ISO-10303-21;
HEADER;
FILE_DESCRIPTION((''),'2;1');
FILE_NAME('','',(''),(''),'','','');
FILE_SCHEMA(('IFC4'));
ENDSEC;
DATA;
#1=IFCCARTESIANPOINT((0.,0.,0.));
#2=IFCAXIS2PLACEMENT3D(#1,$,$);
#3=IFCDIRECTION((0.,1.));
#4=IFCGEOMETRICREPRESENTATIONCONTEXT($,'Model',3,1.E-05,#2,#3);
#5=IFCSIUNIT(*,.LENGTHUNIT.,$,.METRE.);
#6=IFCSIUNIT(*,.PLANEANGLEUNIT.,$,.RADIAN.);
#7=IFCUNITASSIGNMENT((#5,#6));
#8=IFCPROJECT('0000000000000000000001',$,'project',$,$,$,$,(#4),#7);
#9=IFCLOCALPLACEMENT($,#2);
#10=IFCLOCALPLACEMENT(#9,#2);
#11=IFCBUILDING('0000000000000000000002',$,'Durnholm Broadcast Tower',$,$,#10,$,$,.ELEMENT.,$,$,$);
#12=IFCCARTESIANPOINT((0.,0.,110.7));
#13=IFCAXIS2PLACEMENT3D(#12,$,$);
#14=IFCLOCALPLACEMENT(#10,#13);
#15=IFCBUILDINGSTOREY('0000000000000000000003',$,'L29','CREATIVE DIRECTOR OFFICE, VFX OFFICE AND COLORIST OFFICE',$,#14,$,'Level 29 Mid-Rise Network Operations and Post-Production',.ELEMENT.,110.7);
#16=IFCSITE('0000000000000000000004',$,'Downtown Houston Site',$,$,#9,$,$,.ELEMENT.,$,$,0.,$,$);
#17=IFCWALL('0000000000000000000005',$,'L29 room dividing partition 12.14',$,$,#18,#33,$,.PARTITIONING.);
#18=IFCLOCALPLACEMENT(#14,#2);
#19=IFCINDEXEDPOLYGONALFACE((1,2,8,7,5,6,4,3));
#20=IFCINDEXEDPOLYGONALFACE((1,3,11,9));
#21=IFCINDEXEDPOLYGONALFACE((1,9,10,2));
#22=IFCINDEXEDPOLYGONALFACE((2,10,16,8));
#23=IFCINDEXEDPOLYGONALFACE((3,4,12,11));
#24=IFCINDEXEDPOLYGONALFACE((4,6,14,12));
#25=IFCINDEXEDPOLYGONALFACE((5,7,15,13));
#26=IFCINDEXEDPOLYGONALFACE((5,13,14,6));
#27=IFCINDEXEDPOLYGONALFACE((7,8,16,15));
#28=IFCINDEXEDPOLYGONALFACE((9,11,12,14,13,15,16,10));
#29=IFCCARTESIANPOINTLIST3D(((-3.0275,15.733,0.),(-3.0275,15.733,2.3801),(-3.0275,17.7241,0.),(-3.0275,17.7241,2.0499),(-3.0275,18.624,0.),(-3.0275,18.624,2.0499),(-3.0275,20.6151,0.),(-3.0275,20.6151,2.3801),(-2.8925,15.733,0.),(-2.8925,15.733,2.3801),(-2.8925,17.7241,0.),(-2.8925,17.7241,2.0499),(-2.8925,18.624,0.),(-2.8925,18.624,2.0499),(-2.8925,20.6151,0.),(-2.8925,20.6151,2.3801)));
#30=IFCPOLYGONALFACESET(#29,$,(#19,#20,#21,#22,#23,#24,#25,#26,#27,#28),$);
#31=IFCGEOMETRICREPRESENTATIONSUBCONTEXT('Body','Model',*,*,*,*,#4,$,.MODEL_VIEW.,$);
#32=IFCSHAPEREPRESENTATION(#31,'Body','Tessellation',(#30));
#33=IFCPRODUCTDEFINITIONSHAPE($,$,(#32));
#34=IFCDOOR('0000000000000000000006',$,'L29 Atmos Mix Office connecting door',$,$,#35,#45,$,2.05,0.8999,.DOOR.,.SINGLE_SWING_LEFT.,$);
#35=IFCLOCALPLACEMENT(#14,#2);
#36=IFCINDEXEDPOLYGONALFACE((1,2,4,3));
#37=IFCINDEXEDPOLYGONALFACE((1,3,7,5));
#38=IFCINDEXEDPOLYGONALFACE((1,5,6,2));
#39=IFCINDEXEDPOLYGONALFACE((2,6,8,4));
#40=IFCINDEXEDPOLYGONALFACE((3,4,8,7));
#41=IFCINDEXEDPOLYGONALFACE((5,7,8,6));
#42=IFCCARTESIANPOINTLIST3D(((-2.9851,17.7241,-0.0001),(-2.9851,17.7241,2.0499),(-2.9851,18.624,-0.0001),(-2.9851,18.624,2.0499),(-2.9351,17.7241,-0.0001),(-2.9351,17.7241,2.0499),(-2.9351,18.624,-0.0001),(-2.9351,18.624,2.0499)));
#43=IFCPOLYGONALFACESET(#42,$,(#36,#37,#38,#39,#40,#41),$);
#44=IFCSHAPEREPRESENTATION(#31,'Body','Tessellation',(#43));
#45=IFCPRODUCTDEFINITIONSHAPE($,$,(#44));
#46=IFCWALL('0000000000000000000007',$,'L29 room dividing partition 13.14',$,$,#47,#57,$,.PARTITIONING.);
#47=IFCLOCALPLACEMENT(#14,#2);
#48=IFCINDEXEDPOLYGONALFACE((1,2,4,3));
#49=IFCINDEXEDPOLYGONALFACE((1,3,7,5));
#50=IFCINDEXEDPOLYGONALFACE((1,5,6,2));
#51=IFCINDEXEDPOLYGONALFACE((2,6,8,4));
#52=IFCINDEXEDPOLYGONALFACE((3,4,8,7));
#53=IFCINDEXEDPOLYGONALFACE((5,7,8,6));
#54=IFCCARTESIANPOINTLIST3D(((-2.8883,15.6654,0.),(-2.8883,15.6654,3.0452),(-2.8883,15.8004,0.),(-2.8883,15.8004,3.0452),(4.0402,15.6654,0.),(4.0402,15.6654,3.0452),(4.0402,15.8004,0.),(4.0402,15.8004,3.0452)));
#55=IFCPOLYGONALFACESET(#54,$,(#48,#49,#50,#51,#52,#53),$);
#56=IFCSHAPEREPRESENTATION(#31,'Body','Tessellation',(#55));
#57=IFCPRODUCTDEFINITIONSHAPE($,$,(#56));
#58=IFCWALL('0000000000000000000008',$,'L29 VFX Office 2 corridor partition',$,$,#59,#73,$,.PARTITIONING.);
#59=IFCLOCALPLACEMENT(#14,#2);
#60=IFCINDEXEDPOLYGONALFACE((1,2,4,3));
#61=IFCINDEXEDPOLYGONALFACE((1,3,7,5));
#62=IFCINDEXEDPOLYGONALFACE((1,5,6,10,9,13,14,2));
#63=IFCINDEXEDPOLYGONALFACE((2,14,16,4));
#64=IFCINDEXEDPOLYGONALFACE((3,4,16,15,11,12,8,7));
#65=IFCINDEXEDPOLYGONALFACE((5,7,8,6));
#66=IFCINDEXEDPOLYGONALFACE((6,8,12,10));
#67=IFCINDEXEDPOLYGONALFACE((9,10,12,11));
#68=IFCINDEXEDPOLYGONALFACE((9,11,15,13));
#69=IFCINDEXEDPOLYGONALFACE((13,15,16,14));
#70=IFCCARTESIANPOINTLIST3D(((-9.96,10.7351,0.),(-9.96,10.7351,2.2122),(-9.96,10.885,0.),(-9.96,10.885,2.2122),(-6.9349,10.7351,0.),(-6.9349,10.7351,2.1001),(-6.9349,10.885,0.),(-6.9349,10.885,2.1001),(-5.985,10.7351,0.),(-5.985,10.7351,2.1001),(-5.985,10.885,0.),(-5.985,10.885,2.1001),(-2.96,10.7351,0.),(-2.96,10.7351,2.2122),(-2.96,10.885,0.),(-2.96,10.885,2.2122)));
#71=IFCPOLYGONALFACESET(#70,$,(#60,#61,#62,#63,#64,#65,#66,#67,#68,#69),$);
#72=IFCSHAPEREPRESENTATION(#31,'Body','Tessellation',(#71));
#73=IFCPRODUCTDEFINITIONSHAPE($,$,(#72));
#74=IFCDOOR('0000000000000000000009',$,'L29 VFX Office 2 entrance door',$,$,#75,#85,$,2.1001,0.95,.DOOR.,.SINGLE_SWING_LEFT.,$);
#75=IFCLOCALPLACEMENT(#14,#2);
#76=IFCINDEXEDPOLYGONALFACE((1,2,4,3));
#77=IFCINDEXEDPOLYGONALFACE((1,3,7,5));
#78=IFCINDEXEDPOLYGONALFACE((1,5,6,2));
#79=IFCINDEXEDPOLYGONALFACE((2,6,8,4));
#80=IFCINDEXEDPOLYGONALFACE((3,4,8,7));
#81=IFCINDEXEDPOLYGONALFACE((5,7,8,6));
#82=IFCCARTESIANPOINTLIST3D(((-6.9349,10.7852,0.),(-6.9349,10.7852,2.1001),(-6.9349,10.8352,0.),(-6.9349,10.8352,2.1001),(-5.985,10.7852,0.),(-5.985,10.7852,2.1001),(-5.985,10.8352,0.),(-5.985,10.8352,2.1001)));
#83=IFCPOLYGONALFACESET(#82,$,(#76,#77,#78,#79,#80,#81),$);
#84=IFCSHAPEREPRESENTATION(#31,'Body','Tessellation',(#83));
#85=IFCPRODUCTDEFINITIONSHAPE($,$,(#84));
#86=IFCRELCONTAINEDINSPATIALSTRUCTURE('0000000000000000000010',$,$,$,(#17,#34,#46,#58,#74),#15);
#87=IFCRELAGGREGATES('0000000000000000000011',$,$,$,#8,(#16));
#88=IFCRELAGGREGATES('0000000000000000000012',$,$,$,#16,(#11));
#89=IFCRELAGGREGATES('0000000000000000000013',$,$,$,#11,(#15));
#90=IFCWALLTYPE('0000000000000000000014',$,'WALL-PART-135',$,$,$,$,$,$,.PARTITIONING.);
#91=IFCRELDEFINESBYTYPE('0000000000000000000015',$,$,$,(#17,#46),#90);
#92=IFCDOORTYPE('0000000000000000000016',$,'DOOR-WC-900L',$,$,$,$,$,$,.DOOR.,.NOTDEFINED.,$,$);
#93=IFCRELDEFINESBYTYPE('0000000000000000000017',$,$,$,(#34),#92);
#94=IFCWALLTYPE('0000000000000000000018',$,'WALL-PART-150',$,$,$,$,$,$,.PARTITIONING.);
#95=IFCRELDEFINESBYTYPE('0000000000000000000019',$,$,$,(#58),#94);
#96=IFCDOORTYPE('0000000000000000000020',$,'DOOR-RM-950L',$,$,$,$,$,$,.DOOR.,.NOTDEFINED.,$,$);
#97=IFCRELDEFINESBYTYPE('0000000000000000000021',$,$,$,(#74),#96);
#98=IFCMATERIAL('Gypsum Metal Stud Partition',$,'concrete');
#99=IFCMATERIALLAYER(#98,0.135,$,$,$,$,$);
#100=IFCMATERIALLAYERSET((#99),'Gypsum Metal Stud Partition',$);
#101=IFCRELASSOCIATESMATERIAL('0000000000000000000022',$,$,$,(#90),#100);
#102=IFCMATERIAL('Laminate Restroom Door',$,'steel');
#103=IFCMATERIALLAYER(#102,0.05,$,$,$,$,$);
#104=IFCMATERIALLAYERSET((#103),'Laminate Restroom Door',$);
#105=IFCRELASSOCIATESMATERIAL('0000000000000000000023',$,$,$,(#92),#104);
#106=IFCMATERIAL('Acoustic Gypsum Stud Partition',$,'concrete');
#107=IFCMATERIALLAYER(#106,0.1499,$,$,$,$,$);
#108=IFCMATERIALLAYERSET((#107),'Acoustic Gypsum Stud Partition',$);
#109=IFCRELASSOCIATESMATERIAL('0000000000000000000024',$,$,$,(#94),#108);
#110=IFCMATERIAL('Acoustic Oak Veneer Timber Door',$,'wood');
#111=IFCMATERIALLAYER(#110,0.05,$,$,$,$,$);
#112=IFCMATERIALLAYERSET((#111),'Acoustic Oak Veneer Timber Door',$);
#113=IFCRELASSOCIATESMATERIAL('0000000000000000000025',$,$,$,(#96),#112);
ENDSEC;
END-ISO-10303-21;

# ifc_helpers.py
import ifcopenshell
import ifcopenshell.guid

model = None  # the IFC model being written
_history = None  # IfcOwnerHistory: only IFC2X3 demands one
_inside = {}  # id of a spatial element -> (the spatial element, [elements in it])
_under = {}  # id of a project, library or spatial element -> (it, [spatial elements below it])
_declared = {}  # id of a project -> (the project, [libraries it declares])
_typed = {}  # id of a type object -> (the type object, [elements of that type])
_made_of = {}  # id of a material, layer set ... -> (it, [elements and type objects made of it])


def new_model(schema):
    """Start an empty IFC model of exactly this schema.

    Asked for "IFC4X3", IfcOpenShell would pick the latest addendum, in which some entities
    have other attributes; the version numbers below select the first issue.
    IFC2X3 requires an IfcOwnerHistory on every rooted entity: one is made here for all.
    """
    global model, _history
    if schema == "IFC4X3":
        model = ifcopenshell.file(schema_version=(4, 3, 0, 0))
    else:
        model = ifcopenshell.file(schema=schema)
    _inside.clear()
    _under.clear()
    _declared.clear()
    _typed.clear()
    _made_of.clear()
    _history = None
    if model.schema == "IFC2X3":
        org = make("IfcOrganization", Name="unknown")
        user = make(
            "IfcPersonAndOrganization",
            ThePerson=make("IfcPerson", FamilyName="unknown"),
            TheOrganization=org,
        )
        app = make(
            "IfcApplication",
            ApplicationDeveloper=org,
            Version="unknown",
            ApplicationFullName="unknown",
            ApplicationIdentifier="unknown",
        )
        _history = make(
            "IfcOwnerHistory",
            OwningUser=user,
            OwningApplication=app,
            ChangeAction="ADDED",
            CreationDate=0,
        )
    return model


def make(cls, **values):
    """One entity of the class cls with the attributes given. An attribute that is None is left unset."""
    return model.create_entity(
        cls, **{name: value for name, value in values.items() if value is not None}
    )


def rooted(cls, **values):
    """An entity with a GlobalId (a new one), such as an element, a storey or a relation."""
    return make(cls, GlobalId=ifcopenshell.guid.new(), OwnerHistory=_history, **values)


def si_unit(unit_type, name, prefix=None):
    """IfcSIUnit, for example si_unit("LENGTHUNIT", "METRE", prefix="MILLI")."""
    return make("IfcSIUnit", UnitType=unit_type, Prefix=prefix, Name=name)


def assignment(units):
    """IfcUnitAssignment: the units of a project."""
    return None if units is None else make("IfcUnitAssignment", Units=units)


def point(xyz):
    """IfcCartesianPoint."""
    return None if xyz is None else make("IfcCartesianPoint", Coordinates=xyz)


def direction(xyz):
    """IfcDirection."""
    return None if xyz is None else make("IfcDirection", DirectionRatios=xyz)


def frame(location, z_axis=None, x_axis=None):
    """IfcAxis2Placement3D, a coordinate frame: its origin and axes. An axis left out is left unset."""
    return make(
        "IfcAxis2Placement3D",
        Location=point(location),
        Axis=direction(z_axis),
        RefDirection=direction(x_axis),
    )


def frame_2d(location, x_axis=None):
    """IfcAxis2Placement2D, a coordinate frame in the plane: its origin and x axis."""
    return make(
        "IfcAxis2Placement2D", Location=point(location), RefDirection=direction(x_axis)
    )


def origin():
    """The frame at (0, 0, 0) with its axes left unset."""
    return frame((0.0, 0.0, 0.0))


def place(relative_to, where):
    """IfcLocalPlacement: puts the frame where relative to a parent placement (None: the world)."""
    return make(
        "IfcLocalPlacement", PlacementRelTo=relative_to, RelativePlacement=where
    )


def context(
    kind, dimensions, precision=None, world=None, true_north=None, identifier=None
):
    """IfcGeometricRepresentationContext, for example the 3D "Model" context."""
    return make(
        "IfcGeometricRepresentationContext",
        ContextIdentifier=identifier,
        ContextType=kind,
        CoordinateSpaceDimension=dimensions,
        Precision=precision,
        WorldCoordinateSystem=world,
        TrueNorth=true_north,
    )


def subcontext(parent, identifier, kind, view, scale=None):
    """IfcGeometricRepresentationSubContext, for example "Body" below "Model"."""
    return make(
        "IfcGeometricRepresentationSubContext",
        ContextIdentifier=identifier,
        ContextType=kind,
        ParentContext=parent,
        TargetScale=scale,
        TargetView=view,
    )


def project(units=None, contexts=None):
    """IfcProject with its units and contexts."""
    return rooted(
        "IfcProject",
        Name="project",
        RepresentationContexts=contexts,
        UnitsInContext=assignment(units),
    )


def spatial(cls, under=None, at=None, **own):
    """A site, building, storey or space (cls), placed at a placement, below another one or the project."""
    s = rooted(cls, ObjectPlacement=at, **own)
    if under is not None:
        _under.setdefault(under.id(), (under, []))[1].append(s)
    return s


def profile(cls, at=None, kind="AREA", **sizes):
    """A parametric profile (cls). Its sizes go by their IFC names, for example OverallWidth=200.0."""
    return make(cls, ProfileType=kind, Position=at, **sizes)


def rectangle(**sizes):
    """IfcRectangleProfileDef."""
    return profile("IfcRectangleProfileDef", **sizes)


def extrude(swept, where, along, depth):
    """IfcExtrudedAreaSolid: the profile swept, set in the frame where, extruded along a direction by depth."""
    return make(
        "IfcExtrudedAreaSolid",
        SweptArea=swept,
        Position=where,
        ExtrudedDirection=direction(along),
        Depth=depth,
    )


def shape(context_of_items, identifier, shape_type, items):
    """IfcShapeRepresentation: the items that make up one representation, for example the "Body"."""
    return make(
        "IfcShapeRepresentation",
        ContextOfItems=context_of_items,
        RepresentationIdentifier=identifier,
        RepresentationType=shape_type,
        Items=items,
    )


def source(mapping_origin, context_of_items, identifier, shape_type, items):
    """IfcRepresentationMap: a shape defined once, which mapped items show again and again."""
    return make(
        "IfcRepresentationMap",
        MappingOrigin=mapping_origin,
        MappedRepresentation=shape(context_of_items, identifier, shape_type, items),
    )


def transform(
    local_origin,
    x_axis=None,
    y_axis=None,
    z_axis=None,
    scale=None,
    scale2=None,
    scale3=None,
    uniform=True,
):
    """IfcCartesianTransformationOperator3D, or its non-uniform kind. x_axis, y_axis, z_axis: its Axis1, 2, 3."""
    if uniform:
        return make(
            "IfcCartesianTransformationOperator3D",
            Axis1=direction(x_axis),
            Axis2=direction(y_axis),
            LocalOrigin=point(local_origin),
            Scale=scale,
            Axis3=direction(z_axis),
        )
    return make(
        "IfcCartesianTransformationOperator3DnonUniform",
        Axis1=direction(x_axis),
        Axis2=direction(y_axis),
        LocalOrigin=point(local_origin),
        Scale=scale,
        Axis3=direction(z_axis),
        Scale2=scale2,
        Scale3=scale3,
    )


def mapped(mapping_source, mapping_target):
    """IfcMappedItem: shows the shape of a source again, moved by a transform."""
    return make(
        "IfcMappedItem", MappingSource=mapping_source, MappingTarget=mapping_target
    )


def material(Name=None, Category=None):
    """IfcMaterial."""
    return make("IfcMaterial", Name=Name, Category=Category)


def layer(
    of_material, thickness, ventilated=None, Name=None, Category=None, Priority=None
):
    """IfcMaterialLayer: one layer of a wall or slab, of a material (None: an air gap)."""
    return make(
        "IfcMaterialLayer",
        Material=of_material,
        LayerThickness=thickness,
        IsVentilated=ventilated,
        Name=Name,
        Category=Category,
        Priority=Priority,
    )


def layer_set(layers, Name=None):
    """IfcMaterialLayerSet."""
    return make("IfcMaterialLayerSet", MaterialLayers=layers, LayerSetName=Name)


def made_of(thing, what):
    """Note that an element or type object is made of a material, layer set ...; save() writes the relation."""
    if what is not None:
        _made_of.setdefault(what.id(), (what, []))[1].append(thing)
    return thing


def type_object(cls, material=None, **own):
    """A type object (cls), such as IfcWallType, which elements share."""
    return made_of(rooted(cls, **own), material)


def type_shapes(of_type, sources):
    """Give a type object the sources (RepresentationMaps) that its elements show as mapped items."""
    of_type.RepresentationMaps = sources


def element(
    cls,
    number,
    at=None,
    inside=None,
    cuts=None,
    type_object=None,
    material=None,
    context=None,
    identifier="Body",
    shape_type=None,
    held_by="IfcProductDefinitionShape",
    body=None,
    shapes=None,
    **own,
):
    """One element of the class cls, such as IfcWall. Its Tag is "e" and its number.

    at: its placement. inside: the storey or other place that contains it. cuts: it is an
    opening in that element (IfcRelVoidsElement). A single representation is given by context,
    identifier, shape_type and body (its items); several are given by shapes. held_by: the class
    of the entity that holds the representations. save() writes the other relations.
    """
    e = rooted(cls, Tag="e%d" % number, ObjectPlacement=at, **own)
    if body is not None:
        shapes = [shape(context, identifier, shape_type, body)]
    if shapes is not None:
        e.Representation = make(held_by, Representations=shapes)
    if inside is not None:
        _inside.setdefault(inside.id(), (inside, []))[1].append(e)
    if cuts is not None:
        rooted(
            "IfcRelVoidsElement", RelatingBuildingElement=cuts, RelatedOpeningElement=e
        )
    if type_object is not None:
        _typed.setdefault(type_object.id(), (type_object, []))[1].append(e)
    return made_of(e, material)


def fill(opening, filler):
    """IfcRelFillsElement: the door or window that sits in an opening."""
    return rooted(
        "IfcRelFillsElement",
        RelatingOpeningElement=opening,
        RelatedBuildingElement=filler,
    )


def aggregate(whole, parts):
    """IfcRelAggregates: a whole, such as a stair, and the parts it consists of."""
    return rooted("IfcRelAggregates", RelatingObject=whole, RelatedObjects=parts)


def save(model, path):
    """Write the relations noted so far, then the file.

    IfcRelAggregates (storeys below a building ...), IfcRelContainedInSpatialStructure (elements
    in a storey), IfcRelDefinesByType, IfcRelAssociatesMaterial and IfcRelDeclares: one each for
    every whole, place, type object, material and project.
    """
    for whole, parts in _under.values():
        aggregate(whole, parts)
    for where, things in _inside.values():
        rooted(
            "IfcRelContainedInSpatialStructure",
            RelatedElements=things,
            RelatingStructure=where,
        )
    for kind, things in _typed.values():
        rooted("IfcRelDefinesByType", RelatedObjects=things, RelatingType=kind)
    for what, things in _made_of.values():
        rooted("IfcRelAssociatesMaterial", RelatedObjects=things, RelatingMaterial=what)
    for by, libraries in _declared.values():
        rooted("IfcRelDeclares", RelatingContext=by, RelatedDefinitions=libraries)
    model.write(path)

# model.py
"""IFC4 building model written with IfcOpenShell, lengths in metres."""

from ifc_helpers import new_model, si_unit, direction, frame, frame_2d, origin, place, context, subcontext, project, spatial, rectangle, extrude, source, transform, mapped, material, layer, layer_set, type_object, type_shapes, element, fill, save


model = new_model("IFC4")

# Units and contexts
model_context = context("Model", 3, precision=1e-05, world=origin(), true_north=direction((0.0, 1.0)))
body_context = subcontext(model_context, "Body", "Model", "MODEL_VIEW")
ifc_project = project(units=[si_unit("LENGTHUNIT", "METRE"), si_unit("PLANEANGLEUNIT", "RADIAN")], contexts=[model_context])

# Site, building, storey
site_placement = place(None, origin())
site = spatial("IfcSite", under=ifc_project, at=site_placement, Name="Downtown Houston Site", CompositionType="ELEMENT", RefElevation=0.0)
building_placement = place(site_placement, origin())
building = spatial("IfcBuilding", under=site, at=building_placement, Name="Durnholm Broadcast Tower", CompositionType="ELEMENT")
storey_placement = place(building_placement, frame((0.0, 0.0, 110.7)))
storey = spatial("IfcBuildingStorey", under=building, at=storey_placement, Name="L29", Description="CREATIVE DIRECTOR OFFICE, VFX OFFICE AND COLORIST OFFICE", LongName="Level 29 Mid-Rise Network Operations and Post-Production", CompositionType="ELEMENT", Elevation=110.7)

# Shared definitions
ifc_material_1 = material(Name="Gypsum Metal Stud Partition", Category="concrete")
ifc_layer_1 = layer(ifc_material_1, 0.135)
ifc_layer_set_1 = layer_set([ifc_layer_1], Name="Gypsum Metal Stud Partition")
wall_type_1 = type_object("IfcWallType", Name="WALL-PART-135", PredefinedType="PARTITIONING", material=ifc_layer_set_1)

# Wall, opening, door
wall_1_placement = place(storey_placement, frame((-2.96, 20.615, 0.0), z_axis=(0.0, 0.0, 1.0), x_axis=(0.0, -1.0, 0.0)))
wall_1 = element("IfcWall", 1, at=wall_1_placement, inside=storey, type_object=wall_type_1, Name="L29 room dividing partition 12.14", PredefinedType="PARTITIONING", context=body_context, shape_type="SweptSolid", body=[
    extrude(rectangle(XDim=4.8821, YDim=0.135, at=frame_2d((2.4409, 0.0))), origin(), (0.0, 0.0, 1.0), 2.3801),
])
opening_1_placement = place(wall_1_placement, frame((1.991, 0.0, 0.0)))
opening_1 = element("IfcOpeningElement", 2, at=opening_1_placement, cuts=wall_1, PredefinedType="OPENING", context=body_context, shape_type="SweptSolid", body=[
    extrude(rectangle(XDim=0.8999, YDim=2.05, at=frame_2d((0.45, 1.0249))), frame((0.0, 0.0776, 0.0), z_axis=(0.0, -1.0, 0.0), x_axis=(1.0, 0.0, 0.0)), (0.0, 0.0, 1.0), 0.155),
])
ifc_material_2 = material(Name="Laminate Restroom Door", Category="steel")
ifc_layer_2 = layer(ifc_material_2, 0.05)
ifc_layer_set_2 = layer_set([ifc_layer_2], Name="Laminate Restroom Door")
door_type_1 = type_object("IfcDoorType", Name="DOOR-WC-900L", OperationType="NOTDEFINED", PredefinedType="DOOR", material=ifc_layer_set_2)
shared_shape_1 = source(origin(), body_context, "Body", "SweptSolid", [
    extrude(rectangle(XDim=0.8999, YDim=2.05, at=frame_2d((0.45, 1.0249))), frame((0.0, 0.0249, 0.0), z_axis=(0.0, -1.0, 0.0), x_axis=(1.0, 0.0, 0.0)), (0.0, 0.0, 1.0), 0.05),
])
type_shapes(door_type_1, [shared_shape_1])
door_1_placement = place(opening_1_placement, origin())
door_1 = element("IfcDoor", 3, at=door_1_placement, inside=storey, type_object=door_type_1, Name="L29 Atmos Mix Office connecting door", OperationType="SINGLE_SWING_LEFT", OverallHeight=2.05, OverallWidth=0.8999, PredefinedType="DOOR", context=body_context, shape_type="MappedRepresentation", body=[
    mapped(shared_shape_1, transform((0.0, 0.0, 0.0), x_axis=(1.0, 0.0, 0.0), y_axis=(0.0, 1.0, 0.0), z_axis=(0.0, 0.0, 1.0), scale=1.0)),
])
fill(opening_1, door_1)

# Wall
wall_2_placement = place(storey_placement, frame((-2.8884, 15.7329, 0.0), z_axis=(0.0, 0.0, 1.0), x_axis=(1.0, 0.0, 0.0)))
element("IfcWall", 4, at=wall_2_placement, inside=storey, type_object=wall_type_1, Name="L29 room dividing partition 13.14", PredefinedType="PARTITIONING", context=body_context, shape_type="SweptSolid", body=[
    extrude(rectangle(XDim=6.9285, YDim=0.135, at=frame_2d((3.4644, 0.0))), origin(), (0.0, 0.0, 1.0), 3.0452),
])

# Wall, opening, door
ifc_material_3 = material(Name="Acoustic Gypsum Stud Partition", Category="concrete")
ifc_layer_3 = layer(ifc_material_3, 0.1499)
ifc_layer_set_3 = layer_set([ifc_layer_3], Name="Acoustic Gypsum Stud Partition")
wall_type_2 = type_object("IfcWallType", Name="WALL-PART-150", PredefinedType="PARTITIONING", material=ifc_layer_set_3)
wall_3_placement = place(storey_placement, frame((-2.96, 10.8101, 0.0), z_axis=(0.0, 0.0, 1.0), x_axis=(-1.0, 0.0, 0.0)))
wall_3 = element("IfcWall", 5, at=wall_3_placement, inside=storey, type_object=wall_type_2, Name="L29 VFX Office 2 corridor partition", PredefinedType="PARTITIONING", context=body_context, shape_type="SweptSolid", body=[
    extrude(rectangle(XDim=7.0, YDim=0.1499, at=frame_2d((3.5, 0.0))), origin(), (0.0, 0.0, 1.0), 2.2122),
])
opening_2_placement = place(wall_3_placement, frame((3.0249, 0.0, 0.0)))
opening_2 = element("IfcOpeningElement", 6, at=opening_2_placement, cuts=wall_3, PredefinedType="OPENING", context=body_context, shape_type="SweptSolid", body=[
    extrude(rectangle(XDim=0.95, YDim=2.1001, at=frame_2d((0.4751, 1.05))), frame((0.0, 0.085, 0.0), z_axis=(0.0, -1.0, 0.0), x_axis=(1.0, 0.0, 0.0)), (0.0, 0.0, 1.0), 0.1699),
])
ifc_material_4 = material(Name="Acoustic Oak Veneer Timber Door", Category="wood")
ifc_layer_4 = layer(ifc_material_4, 0.05)
ifc_layer_set_4 = layer_set([ifc_layer_4], Name="Acoustic Oak Veneer Timber Door")
door_type_2 = type_object("IfcDoorType", Name="DOOR-RM-950L", OperationType="NOTDEFINED", PredefinedType="DOOR", material=ifc_layer_set_4)
shared_shape_2 = source(origin(), body_context, "Body", "SweptSolid", [
    extrude(rectangle(XDim=0.95, YDim=2.1001, at=frame_2d((0.4751, 1.05))), frame((0.0, 0.0249, 0.0), z_axis=(0.0, -1.0, 0.0), x_axis=(1.0, 0.0, 0.0)), (0.0, 0.0, 1.0), 0.05),
])
type_shapes(door_type_2, [shared_shape_2])
door_2_placement = place(opening_2_placement, origin())
door_2 = element("IfcDoor", 7, at=door_2_placement, inside=storey, type_object=door_type_2, Name="L29 VFX Office 2 entrance door", OperationType="SINGLE_SWING_LEFT", OverallHeight=2.1001, OverallWidth=0.95, PredefinedType="DOOR", context=body_context, shape_type="MappedRepresentation", body=[
    mapped(shared_shape_2, transform((0.0, 0.0, 0.0), x_axis=(1.0, 0.0, 0.0), y_axis=(0.0, 1.0, 0.0), z_axis=(0.0, 0.0, 1.0), scale=1.0)),
])
fill(opening_2, door_2)

save(model, "model.ifc")
